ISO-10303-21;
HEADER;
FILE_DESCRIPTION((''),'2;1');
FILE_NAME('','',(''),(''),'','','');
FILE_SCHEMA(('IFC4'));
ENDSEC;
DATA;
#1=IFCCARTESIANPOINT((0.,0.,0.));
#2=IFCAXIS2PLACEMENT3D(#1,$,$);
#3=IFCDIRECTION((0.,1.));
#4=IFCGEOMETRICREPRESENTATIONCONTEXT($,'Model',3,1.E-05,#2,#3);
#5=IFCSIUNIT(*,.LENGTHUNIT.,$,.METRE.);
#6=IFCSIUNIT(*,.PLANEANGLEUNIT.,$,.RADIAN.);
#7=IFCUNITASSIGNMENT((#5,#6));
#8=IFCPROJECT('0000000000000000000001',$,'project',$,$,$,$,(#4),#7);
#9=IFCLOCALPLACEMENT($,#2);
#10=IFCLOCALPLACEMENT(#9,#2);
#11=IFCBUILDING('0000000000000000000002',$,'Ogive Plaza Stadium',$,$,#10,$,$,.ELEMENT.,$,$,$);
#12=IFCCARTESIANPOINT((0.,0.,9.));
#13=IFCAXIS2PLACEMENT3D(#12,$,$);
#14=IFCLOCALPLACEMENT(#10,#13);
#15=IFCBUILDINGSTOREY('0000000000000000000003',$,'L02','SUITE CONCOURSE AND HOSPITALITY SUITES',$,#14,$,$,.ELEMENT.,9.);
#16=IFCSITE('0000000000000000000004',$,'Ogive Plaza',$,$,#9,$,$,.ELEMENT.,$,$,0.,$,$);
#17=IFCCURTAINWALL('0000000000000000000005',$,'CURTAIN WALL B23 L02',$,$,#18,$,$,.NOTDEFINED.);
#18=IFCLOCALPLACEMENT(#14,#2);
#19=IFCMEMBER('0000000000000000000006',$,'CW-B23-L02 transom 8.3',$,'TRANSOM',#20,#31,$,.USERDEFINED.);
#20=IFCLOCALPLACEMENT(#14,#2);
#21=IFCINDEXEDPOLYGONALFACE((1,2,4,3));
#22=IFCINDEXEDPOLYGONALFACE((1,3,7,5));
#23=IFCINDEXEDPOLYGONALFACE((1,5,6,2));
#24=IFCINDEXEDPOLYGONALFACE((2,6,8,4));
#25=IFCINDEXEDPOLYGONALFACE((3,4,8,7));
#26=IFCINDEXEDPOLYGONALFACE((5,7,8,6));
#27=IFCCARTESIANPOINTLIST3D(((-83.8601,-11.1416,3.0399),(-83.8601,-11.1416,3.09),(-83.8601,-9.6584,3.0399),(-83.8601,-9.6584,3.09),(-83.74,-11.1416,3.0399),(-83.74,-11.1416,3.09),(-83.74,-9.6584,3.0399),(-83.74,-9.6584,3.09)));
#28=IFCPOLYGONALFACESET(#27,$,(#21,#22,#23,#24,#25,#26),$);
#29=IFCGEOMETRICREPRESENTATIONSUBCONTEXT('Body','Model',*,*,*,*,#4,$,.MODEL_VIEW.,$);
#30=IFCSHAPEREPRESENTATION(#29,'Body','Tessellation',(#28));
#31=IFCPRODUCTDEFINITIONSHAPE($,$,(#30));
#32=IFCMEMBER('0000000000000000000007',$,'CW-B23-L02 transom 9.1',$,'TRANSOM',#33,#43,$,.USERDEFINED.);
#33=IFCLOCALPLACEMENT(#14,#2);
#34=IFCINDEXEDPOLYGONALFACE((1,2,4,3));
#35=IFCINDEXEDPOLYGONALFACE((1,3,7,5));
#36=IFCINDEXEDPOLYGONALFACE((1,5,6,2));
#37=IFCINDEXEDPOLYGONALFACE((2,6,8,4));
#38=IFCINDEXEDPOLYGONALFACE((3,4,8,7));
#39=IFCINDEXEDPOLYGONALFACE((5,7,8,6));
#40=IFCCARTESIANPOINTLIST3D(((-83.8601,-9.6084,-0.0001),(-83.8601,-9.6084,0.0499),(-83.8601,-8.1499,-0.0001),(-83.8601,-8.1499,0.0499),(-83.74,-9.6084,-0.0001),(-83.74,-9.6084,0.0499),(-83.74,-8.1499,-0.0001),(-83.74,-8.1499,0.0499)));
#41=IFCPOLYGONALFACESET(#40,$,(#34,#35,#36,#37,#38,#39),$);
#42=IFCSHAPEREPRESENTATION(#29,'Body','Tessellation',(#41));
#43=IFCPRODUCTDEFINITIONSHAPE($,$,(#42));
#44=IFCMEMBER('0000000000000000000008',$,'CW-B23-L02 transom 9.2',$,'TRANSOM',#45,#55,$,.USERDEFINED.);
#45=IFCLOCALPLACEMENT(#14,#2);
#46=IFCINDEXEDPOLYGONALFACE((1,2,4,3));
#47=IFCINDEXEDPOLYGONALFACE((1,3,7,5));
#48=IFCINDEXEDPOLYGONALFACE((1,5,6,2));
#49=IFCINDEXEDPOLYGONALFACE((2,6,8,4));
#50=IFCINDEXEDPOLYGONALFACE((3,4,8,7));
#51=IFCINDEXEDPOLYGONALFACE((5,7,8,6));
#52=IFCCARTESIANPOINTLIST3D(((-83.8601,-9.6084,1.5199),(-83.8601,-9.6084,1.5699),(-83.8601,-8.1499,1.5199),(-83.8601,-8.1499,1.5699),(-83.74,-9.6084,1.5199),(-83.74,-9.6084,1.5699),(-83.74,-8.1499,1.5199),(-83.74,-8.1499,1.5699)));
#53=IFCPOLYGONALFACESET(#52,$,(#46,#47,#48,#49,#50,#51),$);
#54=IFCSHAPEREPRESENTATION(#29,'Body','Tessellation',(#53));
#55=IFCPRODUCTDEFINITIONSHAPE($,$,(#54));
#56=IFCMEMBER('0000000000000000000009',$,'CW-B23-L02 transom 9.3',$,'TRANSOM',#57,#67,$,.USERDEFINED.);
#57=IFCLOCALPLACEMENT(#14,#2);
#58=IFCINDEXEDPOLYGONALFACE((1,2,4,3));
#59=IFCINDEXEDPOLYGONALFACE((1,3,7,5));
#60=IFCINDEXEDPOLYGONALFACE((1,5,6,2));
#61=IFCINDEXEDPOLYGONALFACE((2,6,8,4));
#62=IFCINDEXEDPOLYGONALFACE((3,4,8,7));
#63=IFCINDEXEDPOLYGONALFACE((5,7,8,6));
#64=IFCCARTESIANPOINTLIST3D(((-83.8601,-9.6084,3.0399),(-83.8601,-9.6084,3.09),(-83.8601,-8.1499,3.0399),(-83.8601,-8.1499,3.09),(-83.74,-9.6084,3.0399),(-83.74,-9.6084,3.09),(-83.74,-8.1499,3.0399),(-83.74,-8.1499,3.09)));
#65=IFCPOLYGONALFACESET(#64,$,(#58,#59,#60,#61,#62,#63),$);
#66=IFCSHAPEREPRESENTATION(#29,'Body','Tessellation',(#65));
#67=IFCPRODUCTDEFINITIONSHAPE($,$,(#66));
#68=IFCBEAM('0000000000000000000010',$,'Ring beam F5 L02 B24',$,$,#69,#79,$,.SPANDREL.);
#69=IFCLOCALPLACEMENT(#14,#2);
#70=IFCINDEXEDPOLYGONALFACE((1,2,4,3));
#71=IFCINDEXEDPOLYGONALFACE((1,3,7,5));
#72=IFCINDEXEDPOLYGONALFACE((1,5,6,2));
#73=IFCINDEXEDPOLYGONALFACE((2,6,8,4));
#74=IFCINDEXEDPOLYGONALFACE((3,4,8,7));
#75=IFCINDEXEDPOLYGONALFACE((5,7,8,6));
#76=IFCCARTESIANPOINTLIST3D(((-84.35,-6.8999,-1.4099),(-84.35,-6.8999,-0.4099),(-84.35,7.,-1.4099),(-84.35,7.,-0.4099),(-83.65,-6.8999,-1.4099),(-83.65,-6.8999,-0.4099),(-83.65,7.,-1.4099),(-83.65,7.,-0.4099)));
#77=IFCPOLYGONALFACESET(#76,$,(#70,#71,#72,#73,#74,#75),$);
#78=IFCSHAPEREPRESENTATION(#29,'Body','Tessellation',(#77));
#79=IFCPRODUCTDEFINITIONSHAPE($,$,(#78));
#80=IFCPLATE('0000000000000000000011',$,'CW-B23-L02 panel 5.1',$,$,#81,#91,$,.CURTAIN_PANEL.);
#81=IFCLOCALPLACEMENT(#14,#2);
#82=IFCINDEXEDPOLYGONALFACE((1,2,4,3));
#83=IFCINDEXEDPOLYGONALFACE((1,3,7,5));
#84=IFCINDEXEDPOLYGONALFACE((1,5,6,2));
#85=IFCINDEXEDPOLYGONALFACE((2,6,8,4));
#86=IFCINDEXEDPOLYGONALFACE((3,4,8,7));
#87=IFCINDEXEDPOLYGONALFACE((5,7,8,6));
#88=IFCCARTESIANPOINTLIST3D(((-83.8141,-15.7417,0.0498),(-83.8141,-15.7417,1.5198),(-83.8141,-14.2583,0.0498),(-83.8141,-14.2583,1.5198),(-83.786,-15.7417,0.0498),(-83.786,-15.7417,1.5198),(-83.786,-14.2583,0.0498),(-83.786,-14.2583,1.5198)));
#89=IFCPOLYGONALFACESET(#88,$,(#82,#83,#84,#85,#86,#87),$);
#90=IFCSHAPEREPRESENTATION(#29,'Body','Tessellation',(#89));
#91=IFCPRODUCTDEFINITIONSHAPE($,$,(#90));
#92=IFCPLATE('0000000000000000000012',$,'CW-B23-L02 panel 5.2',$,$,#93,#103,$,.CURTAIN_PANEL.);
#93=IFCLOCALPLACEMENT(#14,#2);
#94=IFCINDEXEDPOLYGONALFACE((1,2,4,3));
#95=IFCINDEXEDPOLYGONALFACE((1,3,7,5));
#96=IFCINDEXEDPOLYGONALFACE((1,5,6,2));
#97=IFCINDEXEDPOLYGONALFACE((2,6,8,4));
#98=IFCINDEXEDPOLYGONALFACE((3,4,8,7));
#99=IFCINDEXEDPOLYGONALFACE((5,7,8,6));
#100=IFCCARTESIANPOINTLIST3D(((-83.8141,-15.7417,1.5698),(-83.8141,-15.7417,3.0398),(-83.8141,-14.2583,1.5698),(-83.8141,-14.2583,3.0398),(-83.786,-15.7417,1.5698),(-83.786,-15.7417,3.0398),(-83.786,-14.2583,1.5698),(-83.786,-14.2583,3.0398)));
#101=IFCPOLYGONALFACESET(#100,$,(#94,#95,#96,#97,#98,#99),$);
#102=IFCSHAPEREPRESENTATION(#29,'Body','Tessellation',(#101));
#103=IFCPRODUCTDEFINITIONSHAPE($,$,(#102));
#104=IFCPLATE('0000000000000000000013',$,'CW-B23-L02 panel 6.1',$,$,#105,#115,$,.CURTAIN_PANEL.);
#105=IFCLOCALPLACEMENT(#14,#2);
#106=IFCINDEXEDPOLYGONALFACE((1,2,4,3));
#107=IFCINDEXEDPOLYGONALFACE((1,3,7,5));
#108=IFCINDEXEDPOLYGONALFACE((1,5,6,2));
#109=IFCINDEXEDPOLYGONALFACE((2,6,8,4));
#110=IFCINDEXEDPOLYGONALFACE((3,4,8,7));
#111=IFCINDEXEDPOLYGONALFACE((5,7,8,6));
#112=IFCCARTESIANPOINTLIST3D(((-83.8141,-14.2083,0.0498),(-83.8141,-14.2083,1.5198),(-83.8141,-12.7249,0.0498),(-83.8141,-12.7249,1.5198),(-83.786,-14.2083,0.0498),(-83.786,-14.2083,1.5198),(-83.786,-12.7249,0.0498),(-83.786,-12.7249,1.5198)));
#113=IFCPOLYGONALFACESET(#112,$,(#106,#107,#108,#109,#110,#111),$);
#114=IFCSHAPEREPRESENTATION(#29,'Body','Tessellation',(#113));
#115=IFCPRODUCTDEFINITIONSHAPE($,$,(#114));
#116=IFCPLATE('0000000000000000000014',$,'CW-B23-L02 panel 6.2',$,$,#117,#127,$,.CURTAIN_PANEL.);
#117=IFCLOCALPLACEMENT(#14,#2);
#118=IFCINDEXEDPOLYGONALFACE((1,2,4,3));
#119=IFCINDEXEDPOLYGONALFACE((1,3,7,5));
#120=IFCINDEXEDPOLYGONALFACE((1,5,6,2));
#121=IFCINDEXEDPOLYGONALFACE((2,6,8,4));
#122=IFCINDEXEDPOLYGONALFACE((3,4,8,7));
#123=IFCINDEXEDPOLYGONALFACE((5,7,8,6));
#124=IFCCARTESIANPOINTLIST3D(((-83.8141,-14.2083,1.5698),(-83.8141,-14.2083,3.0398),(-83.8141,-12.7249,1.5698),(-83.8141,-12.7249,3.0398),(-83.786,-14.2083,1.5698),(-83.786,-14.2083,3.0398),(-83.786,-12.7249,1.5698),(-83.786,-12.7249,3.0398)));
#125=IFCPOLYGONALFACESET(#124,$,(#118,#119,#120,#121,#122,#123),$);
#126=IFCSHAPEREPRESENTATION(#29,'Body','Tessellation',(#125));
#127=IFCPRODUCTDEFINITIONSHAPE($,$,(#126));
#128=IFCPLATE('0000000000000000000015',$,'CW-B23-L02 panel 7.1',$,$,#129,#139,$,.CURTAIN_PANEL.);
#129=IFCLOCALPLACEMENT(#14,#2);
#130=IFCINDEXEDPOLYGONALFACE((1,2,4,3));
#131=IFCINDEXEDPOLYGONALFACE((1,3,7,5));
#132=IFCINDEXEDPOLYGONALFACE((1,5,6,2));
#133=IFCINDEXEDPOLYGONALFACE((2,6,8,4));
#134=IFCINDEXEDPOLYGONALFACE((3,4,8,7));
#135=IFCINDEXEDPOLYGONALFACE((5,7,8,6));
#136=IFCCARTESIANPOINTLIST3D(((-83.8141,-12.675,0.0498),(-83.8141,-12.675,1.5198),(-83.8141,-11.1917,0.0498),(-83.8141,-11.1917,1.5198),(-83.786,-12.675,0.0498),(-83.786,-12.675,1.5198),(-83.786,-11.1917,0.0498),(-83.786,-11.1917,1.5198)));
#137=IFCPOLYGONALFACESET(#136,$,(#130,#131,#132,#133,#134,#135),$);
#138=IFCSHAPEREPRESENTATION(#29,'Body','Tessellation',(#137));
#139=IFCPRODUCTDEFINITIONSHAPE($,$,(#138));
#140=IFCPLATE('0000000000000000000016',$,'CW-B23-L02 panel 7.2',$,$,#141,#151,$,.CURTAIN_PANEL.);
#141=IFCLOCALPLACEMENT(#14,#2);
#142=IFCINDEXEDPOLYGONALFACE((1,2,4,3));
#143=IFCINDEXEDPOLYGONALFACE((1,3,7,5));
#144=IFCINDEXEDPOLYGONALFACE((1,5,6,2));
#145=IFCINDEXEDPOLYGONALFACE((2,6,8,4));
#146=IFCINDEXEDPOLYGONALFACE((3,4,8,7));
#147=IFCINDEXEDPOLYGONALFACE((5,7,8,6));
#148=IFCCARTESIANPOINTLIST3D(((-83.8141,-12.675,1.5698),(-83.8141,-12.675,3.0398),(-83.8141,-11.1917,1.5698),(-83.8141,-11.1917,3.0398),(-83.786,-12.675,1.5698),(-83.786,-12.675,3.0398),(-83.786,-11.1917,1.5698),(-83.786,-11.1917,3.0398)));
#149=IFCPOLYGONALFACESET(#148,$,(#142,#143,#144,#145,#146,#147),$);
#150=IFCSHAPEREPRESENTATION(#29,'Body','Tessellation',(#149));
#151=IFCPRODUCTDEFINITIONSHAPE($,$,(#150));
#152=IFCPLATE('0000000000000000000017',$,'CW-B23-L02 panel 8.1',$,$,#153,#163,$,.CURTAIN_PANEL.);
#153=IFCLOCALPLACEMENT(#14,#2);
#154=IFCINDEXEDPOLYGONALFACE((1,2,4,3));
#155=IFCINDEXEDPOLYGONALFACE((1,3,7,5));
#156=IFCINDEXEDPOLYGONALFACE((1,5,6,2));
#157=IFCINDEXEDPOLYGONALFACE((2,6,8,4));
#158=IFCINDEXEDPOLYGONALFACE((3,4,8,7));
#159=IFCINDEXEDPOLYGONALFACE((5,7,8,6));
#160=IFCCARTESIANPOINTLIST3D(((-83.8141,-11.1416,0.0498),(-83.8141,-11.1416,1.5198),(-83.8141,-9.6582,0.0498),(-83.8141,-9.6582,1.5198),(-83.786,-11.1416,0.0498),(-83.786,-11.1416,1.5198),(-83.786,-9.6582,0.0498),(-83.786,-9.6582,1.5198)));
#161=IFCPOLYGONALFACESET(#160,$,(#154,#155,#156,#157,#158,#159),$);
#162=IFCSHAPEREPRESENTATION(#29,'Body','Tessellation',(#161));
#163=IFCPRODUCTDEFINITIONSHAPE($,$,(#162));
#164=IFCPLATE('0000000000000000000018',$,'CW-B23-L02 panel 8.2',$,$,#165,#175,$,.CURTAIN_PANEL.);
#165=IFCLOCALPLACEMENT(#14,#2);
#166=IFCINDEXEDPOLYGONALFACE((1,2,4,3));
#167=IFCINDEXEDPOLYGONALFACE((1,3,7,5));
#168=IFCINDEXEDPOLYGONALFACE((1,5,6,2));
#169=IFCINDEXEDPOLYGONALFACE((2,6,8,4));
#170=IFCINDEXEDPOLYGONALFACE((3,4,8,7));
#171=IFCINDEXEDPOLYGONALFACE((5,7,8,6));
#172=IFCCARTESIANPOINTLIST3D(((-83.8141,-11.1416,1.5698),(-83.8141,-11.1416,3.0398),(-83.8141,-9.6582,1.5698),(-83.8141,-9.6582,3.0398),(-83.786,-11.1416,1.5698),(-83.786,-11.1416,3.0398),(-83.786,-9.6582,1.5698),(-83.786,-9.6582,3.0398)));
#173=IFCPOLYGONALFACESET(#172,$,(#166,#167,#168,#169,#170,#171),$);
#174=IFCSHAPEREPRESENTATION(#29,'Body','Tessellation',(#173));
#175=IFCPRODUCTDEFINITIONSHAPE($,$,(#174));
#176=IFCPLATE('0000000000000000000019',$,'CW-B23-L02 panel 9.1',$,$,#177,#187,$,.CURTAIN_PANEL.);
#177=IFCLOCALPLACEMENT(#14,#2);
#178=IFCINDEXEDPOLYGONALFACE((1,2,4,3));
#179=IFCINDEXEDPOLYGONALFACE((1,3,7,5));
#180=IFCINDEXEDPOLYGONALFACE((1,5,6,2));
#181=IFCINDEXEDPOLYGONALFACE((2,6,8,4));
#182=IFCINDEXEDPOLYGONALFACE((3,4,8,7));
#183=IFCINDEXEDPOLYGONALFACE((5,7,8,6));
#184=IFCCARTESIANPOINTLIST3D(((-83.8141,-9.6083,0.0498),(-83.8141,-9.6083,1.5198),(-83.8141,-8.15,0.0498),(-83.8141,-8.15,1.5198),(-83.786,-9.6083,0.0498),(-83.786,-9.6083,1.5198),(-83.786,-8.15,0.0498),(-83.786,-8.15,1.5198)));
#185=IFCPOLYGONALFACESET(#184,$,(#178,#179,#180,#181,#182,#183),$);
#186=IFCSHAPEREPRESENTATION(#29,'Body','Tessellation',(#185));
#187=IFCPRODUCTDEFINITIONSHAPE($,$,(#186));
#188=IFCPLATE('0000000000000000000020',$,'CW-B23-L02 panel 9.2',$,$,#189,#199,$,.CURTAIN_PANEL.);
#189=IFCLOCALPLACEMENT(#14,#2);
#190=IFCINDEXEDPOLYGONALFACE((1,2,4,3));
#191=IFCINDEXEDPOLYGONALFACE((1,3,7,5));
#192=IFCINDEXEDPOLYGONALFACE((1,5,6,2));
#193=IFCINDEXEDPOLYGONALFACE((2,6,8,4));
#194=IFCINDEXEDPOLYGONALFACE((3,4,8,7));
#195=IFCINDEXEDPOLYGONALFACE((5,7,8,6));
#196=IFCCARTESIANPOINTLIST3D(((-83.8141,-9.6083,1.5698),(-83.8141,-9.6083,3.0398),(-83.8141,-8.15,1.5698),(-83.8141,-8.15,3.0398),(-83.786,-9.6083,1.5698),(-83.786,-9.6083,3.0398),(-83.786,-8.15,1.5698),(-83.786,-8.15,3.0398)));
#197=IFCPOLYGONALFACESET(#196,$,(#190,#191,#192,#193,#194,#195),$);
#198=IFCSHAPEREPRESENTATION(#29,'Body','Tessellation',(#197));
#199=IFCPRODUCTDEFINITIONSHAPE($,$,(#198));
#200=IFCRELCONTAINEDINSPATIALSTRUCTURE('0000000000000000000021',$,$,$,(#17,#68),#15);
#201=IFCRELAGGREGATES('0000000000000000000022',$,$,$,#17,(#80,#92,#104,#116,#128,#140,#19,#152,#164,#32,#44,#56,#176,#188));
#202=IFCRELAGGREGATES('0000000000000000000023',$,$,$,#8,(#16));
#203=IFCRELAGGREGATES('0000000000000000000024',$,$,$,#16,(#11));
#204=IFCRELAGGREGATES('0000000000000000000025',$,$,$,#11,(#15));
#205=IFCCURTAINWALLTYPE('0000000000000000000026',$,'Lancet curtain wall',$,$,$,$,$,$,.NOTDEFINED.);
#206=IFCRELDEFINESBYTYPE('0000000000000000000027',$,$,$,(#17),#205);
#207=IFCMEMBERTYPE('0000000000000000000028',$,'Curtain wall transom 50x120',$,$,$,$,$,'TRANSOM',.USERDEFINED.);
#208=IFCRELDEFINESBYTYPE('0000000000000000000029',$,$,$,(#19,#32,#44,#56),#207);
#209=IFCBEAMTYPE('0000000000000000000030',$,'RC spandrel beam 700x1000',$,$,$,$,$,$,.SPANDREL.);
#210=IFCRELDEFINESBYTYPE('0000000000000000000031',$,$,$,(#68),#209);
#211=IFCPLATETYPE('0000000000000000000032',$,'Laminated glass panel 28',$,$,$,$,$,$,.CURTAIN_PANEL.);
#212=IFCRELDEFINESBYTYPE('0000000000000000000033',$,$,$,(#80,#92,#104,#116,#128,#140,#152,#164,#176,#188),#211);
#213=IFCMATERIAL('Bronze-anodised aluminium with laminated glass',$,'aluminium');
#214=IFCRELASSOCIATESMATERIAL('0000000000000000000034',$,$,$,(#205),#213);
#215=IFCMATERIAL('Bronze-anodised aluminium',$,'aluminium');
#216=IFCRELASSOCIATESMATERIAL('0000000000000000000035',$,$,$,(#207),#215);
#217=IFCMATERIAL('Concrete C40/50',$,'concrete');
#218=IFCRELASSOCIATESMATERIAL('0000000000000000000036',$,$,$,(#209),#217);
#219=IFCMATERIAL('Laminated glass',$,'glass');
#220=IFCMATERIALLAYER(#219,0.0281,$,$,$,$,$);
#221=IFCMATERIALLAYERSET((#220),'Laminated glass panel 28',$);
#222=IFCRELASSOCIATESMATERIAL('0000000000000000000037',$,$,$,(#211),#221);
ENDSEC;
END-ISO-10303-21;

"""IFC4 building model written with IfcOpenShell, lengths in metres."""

from ifc_helpers import new_model, si_unit, direction, frame, origin, origin_2d, place, context, subcontext, project, spatial, rectangle, extrude, material, layer, layer_set, material_profile, profile_set, type_object, element, aggregate, save


model = new_model("IFC4")

# Units and contexts
model_context = context("Model", 3, precision=1e-05, world=origin(), true_north=direction((0.0, 1.0)))
body_context = subcontext(model_context, "Body", "Model", "MODEL_VIEW")
ifc_project = project(units=[si_unit("LENGTHUNIT", "METRE"), si_unit("PLANEANGLEUNIT", "RADIAN")], contexts=[model_context])

# Site, building, storey
site_placement = place(None, origin())
site = spatial("IfcSite", under=ifc_project, at=site_placement, Name="Ogive Plaza", CompositionType="ELEMENT", RefElevation=0.0)
building_placement = place(site_placement, origin())
building = spatial("IfcBuilding", under=site, at=building_placement, Name="Ogive Plaza Stadium", CompositionType="ELEMENT")
storey_placement = place(building_placement, frame((0.0, 0.0, 9.0)))
storey = spatial("IfcBuildingStorey", under=building, at=storey_placement, Name="L02", Description="SUITE CONCOURSE AND HOSPITALITY SUITES", CompositionType="ELEMENT", Elevation=9.0)

# Curtain wall, members
ifc_material_1 = material(Name="Bronze-anodised aluminium with laminated glass", Category="aluminium")
curtain_wall_type = type_object("IfcCurtainWallType", Name="Lancet curtain wall", PredefinedType="NOTDEFINED", material=ifc_material_1)
curtain_wall_placement = place(storey_placement, origin())
curtain_wall = element("IfcCurtainWall", 1, at=curtain_wall_placement, inside=storey, type_object=curtain_wall_type, Name="CURTAIN WALL B23 L02", PredefinedType="NOTDEFINED")
ifc_material_2 = material(Name="Bronze-anodised aluminium", Category="aluminium")
ifc_material_profile_1 = material_profile(ifc_material_2, rectangle(XDim=0.1201, YDim=0.05, at=origin_2d()), Name="AL 120x50")
ifc_profile_set_1 = profile_set([ifc_material_profile_1], Name="Bronze-anodised aluminium")
member_type_1 = type_object("IfcMemberType", Name="Curtain wall transom 50x120", ElementType="TRANSOM", PredefinedType="USERDEFINED", material=ifc_profile_set_1)
member_1_placement = place(storey_placement, frame((-83.8, -11.1416, 3.0649), z_axis=(0.0, 1.0, 0.0), x_axis=(-1.0, 0.0, 0.0)))
member_1 = element("IfcMember", 2, at=member_1_placement, type_object=member_type_1, Name="CW-B23-L02 transom 8.3", ObjectType="TRANSOM", PredefinedType="USERDEFINED", context=body_context, shape_type="SweptSolid", body=[
    extrude(rectangle(XDim=0.1201, YDim=0.05, at=origin_2d()), origin(), (0.0, 0.0, 1.0), 1.4832),
])
member_2_placement = place(storey_placement, frame((-83.8, -9.6084, 0.0249), z_axis=(0.0, 1.0, 0.0), x_axis=(-1.0, 0.0, 0.0)))
member_2 = element("IfcMember", 3, at=member_2_placement, type_object=member_type_1, Name="CW-B23-L02 transom 9.1", ObjectType="TRANSOM", PredefinedType="USERDEFINED", context=body_context, shape_type="SweptSolid", body=[
    extrude(rectangle(XDim=0.1201, YDim=0.05, at=origin_2d()), origin(), (0.0, 0.0, 1.0), 1.4585),
])
member_3_placement = place(storey_placement, frame((-83.8, -9.6084, 1.5449), z_axis=(0.0, 1.0, 0.0), x_axis=(-1.0, 0.0, 0.0)))
member_3 = element("IfcMember", 4, at=member_3_placement, type_object=member_type_1, Name="CW-B23-L02 transom 9.2", ObjectType="TRANSOM", PredefinedType="USERDEFINED", context=body_context, shape_type="SweptSolid", body=[
    extrude(rectangle(XDim=0.1201, YDim=0.05, at=origin_2d()), origin(), (0.0, 0.0, 1.0), 1.4585),
])
member_4_placement = place(storey_placement, frame((-83.8, -9.6084, 3.0649), z_axis=(0.0, 1.0, 0.0), x_axis=(-1.0, 0.0, 0.0)))
member_4 = element("IfcMember", 5, at=member_4_placement, type_object=member_type_1, Name="CW-B23-L02 transom 9.3", ObjectType="TRANSOM", PredefinedType="USERDEFINED", context=body_context, shape_type="SweptSolid", body=[
    extrude(rectangle(XDim=0.1201, YDim=0.05, at=origin_2d()), origin(), (0.0, 0.0, 1.0), 1.4585),
])

# Beam
ifc_material_3 = material(Name="Concrete C40/50", Category="concrete")
ifc_material_profile_2 = material_profile(ifc_material_3, rectangle(XDim=0.7, YDim=1.0, at=origin_2d()), Name="RC 700x1000")
ifc_profile_set_2 = profile_set([ifc_material_profile_2], Name="Concrete C40/50")
beam_type = type_object("IfcBeamType", Name="RC spandrel beam 700x1000", PredefinedType="SPANDREL", material=ifc_profile_set_2)
beam_placement = place(storey_placement, frame((-84.0, -6.8999, -0.9099), z_axis=(0.0, 1.0, 0.0), x_axis=(-1.0, 0.0, 0.0)))
element("IfcBeam", 6, at=beam_placement, inside=storey, type_object=beam_type, Name="Ring beam F5 L02 B24", PredefinedType="SPANDREL", context=body_context, shape_type="SweptSolid", body=[
    extrude(rectangle(XDim=0.7, YDim=1.0, at=origin_2d()), origin(), (0.0, 0.0, 1.0), 13.8999),
])

# Plates
ifc_material_4 = material(Name="Laminated glass", Category="glass")
ifc_layer_1 = layer(ifc_material_4, 0.0281)
ifc_layer_set_1 = layer_set([ifc_layer_1], Name="Laminated glass panel 28")
plate_type = type_object("IfcPlateType", Name="Laminated glass panel 28", PredefinedType="CURTAIN_PANEL", material=ifc_layer_set_1)
plate_1_placement = place(storey_placement, frame((-83.8, -15.0, 0.0498), z_axis=(0.0, 0.0, 1.0), x_axis=(0.0, 1.0, 0.0)))
plate_1 = element("IfcPlate", 7, at=plate_1_placement, type_object=plate_type, Name="CW-B23-L02 panel 5.1", PredefinedType="CURTAIN_PANEL", context=body_context, shape_type="SweptSolid", body=[
    extrude(rectangle(XDim=1.4834, YDim=0.0281, at=origin_2d()), origin(), (0.0, 0.0, 1.0), 1.47),
])
plate_2_placement = place(storey_placement, frame((-83.8, -15.0, 1.5698), z_axis=(0.0, 0.0, 1.0), x_axis=(0.0, 1.0, 0.0)))
plate_2 = element("IfcPlate", 8, at=plate_2_placement, type_object=plate_type, Name="CW-B23-L02 panel 5.2", PredefinedType="CURTAIN_PANEL", context=body_context, shape_type="SweptSolid", body=[
    extrude(rectangle(XDim=1.4834, YDim=0.0281, at=origin_2d()), origin(), (0.0, 0.0, 1.0), 1.47),
])
plate_3_placement = place(storey_placement, frame((-83.8, -13.4666, 0.0498), z_axis=(0.0, 0.0, 1.0), x_axis=(0.0, 1.0, 0.0)))
plate_3 = element("IfcPlate", 9, at=plate_3_placement, type_object=plate_type, Name="CW-B23-L02 panel 6.1", PredefinedType="CURTAIN_PANEL", context=body_context, shape_type="SweptSolid", body=[
    extrude(rectangle(XDim=1.4834, YDim=0.0281, at=origin_2d()), origin(), (0.0, 0.0, 1.0), 1.47),
])
plate_4_placement = place(storey_placement, frame((-83.8, -13.4666, 1.5698), z_axis=(0.0, 0.0, 1.0), x_axis=(0.0, 1.0, 0.0)))
plate_4 = element("IfcPlate", 10, at=plate_4_placement, type_object=plate_type, Name="CW-B23-L02 panel 6.2", PredefinedType="CURTAIN_PANEL", context=body_context, shape_type="SweptSolid", body=[
    extrude(rectangle(XDim=1.4834, YDim=0.0281, at=origin_2d()), origin(), (0.0, 0.0, 1.0), 1.47),
])
plate_5_placement = place(storey_placement, frame((-83.8, -11.9333, 0.0498), z_axis=(0.0, 0.0, 1.0), x_axis=(0.0, 1.0, 0.0)))
plate_5 = element("IfcPlate", 11, at=plate_5_placement, type_object=plate_type, Name="CW-B23-L02 panel 7.1", PredefinedType="CURTAIN_PANEL", context=body_context, shape_type="SweptSolid", body=[
    extrude(rectangle(XDim=1.4834, YDim=0.0281, at=origin_2d()), origin(), (0.0, 0.0, 1.0), 1.47),
])
plate_6_placement = place(storey_placement, frame((-83.8, -11.9333, 1.5698), z_axis=(0.0, 0.0, 1.0), x_axis=(0.0, 1.0, 0.0)))
plate_6 = element("IfcPlate", 12, at=plate_6_placement, type_object=plate_type, Name="CW-B23-L02 panel 7.2", PredefinedType="CURTAIN_PANEL", context=body_context, shape_type="SweptSolid", body=[
    extrude(rectangle(XDim=1.4834, YDim=0.0281, at=origin_2d()), origin(), (0.0, 0.0, 1.0), 1.47),
])
plate_7_placement = place(storey_placement, frame((-83.8, -10.3999, 0.0498), z_axis=(0.0, 0.0, 1.0), x_axis=(0.0, 1.0, 0.0)))
plate_7 = element("IfcPlate", 13, at=plate_7_placement, type_object=plate_type, Name="CW-B23-L02 panel 8.1", PredefinedType="CURTAIN_PANEL", context=body_context, shape_type="SweptSolid", body=[
    extrude(rectangle(XDim=1.4834, YDim=0.0281, at=origin_2d()), origin(), (0.0, 0.0, 1.0), 1.47),
])
plate_8_placement = place(storey_placement, frame((-83.8, -10.3999, 1.5698), z_axis=(0.0, 0.0, 1.0), x_axis=(0.0, 1.0, 0.0)))
plate_8 = element("IfcPlate", 14, at=plate_8_placement, type_object=plate_type, Name="CW-B23-L02 panel 8.2", PredefinedType="CURTAIN_PANEL", context=body_context, shape_type="SweptSolid", body=[
    extrude(rectangle(XDim=1.4834, YDim=0.0281, at=origin_2d()), origin(), (0.0, 0.0, 1.0), 1.47),
])
plate_9_placement = place(storey_placement, frame((-83.8, -8.8792, 0.0498), z_axis=(0.0, 0.0, 1.0), x_axis=(0.0, 1.0, 0.0)))
plate_9 = element("IfcPlate", 15, at=plate_9_placement, type_object=plate_type, Name="CW-B23-L02 panel 9.1", PredefinedType="CURTAIN_PANEL", context=body_context, shape_type="SweptSolid", body=[
    extrude(rectangle(XDim=1.4583, YDim=0.0281, at=origin_2d()), origin(), (0.0, 0.0, 1.0), 1.47),
])
plate_10_placement = place(storey_placement, frame((-83.8, -8.8792, 1.5698), z_axis=(0.0, 0.0, 1.0), x_axis=(0.0, 1.0, 0.0)))
plate_10 = element("IfcPlate", 16, at=plate_10_placement, type_object=plate_type, Name="CW-B23-L02 panel 9.2", PredefinedType="CURTAIN_PANEL", context=body_context, shape_type="SweptSolid", body=[
    extrude(rectangle(XDim=1.4583, YDim=0.0281, at=origin_2d()), origin(), (0.0, 0.0, 1.0), 1.47),
])
aggregate(curtain_wall, [plate_1, plate_2, plate_3, plate_4, plate_5, plate_6, member_1, plate_7, plate_8, member_2, member_3, member_4, plate_9, plate_10])

save(model, "model.ifc")
